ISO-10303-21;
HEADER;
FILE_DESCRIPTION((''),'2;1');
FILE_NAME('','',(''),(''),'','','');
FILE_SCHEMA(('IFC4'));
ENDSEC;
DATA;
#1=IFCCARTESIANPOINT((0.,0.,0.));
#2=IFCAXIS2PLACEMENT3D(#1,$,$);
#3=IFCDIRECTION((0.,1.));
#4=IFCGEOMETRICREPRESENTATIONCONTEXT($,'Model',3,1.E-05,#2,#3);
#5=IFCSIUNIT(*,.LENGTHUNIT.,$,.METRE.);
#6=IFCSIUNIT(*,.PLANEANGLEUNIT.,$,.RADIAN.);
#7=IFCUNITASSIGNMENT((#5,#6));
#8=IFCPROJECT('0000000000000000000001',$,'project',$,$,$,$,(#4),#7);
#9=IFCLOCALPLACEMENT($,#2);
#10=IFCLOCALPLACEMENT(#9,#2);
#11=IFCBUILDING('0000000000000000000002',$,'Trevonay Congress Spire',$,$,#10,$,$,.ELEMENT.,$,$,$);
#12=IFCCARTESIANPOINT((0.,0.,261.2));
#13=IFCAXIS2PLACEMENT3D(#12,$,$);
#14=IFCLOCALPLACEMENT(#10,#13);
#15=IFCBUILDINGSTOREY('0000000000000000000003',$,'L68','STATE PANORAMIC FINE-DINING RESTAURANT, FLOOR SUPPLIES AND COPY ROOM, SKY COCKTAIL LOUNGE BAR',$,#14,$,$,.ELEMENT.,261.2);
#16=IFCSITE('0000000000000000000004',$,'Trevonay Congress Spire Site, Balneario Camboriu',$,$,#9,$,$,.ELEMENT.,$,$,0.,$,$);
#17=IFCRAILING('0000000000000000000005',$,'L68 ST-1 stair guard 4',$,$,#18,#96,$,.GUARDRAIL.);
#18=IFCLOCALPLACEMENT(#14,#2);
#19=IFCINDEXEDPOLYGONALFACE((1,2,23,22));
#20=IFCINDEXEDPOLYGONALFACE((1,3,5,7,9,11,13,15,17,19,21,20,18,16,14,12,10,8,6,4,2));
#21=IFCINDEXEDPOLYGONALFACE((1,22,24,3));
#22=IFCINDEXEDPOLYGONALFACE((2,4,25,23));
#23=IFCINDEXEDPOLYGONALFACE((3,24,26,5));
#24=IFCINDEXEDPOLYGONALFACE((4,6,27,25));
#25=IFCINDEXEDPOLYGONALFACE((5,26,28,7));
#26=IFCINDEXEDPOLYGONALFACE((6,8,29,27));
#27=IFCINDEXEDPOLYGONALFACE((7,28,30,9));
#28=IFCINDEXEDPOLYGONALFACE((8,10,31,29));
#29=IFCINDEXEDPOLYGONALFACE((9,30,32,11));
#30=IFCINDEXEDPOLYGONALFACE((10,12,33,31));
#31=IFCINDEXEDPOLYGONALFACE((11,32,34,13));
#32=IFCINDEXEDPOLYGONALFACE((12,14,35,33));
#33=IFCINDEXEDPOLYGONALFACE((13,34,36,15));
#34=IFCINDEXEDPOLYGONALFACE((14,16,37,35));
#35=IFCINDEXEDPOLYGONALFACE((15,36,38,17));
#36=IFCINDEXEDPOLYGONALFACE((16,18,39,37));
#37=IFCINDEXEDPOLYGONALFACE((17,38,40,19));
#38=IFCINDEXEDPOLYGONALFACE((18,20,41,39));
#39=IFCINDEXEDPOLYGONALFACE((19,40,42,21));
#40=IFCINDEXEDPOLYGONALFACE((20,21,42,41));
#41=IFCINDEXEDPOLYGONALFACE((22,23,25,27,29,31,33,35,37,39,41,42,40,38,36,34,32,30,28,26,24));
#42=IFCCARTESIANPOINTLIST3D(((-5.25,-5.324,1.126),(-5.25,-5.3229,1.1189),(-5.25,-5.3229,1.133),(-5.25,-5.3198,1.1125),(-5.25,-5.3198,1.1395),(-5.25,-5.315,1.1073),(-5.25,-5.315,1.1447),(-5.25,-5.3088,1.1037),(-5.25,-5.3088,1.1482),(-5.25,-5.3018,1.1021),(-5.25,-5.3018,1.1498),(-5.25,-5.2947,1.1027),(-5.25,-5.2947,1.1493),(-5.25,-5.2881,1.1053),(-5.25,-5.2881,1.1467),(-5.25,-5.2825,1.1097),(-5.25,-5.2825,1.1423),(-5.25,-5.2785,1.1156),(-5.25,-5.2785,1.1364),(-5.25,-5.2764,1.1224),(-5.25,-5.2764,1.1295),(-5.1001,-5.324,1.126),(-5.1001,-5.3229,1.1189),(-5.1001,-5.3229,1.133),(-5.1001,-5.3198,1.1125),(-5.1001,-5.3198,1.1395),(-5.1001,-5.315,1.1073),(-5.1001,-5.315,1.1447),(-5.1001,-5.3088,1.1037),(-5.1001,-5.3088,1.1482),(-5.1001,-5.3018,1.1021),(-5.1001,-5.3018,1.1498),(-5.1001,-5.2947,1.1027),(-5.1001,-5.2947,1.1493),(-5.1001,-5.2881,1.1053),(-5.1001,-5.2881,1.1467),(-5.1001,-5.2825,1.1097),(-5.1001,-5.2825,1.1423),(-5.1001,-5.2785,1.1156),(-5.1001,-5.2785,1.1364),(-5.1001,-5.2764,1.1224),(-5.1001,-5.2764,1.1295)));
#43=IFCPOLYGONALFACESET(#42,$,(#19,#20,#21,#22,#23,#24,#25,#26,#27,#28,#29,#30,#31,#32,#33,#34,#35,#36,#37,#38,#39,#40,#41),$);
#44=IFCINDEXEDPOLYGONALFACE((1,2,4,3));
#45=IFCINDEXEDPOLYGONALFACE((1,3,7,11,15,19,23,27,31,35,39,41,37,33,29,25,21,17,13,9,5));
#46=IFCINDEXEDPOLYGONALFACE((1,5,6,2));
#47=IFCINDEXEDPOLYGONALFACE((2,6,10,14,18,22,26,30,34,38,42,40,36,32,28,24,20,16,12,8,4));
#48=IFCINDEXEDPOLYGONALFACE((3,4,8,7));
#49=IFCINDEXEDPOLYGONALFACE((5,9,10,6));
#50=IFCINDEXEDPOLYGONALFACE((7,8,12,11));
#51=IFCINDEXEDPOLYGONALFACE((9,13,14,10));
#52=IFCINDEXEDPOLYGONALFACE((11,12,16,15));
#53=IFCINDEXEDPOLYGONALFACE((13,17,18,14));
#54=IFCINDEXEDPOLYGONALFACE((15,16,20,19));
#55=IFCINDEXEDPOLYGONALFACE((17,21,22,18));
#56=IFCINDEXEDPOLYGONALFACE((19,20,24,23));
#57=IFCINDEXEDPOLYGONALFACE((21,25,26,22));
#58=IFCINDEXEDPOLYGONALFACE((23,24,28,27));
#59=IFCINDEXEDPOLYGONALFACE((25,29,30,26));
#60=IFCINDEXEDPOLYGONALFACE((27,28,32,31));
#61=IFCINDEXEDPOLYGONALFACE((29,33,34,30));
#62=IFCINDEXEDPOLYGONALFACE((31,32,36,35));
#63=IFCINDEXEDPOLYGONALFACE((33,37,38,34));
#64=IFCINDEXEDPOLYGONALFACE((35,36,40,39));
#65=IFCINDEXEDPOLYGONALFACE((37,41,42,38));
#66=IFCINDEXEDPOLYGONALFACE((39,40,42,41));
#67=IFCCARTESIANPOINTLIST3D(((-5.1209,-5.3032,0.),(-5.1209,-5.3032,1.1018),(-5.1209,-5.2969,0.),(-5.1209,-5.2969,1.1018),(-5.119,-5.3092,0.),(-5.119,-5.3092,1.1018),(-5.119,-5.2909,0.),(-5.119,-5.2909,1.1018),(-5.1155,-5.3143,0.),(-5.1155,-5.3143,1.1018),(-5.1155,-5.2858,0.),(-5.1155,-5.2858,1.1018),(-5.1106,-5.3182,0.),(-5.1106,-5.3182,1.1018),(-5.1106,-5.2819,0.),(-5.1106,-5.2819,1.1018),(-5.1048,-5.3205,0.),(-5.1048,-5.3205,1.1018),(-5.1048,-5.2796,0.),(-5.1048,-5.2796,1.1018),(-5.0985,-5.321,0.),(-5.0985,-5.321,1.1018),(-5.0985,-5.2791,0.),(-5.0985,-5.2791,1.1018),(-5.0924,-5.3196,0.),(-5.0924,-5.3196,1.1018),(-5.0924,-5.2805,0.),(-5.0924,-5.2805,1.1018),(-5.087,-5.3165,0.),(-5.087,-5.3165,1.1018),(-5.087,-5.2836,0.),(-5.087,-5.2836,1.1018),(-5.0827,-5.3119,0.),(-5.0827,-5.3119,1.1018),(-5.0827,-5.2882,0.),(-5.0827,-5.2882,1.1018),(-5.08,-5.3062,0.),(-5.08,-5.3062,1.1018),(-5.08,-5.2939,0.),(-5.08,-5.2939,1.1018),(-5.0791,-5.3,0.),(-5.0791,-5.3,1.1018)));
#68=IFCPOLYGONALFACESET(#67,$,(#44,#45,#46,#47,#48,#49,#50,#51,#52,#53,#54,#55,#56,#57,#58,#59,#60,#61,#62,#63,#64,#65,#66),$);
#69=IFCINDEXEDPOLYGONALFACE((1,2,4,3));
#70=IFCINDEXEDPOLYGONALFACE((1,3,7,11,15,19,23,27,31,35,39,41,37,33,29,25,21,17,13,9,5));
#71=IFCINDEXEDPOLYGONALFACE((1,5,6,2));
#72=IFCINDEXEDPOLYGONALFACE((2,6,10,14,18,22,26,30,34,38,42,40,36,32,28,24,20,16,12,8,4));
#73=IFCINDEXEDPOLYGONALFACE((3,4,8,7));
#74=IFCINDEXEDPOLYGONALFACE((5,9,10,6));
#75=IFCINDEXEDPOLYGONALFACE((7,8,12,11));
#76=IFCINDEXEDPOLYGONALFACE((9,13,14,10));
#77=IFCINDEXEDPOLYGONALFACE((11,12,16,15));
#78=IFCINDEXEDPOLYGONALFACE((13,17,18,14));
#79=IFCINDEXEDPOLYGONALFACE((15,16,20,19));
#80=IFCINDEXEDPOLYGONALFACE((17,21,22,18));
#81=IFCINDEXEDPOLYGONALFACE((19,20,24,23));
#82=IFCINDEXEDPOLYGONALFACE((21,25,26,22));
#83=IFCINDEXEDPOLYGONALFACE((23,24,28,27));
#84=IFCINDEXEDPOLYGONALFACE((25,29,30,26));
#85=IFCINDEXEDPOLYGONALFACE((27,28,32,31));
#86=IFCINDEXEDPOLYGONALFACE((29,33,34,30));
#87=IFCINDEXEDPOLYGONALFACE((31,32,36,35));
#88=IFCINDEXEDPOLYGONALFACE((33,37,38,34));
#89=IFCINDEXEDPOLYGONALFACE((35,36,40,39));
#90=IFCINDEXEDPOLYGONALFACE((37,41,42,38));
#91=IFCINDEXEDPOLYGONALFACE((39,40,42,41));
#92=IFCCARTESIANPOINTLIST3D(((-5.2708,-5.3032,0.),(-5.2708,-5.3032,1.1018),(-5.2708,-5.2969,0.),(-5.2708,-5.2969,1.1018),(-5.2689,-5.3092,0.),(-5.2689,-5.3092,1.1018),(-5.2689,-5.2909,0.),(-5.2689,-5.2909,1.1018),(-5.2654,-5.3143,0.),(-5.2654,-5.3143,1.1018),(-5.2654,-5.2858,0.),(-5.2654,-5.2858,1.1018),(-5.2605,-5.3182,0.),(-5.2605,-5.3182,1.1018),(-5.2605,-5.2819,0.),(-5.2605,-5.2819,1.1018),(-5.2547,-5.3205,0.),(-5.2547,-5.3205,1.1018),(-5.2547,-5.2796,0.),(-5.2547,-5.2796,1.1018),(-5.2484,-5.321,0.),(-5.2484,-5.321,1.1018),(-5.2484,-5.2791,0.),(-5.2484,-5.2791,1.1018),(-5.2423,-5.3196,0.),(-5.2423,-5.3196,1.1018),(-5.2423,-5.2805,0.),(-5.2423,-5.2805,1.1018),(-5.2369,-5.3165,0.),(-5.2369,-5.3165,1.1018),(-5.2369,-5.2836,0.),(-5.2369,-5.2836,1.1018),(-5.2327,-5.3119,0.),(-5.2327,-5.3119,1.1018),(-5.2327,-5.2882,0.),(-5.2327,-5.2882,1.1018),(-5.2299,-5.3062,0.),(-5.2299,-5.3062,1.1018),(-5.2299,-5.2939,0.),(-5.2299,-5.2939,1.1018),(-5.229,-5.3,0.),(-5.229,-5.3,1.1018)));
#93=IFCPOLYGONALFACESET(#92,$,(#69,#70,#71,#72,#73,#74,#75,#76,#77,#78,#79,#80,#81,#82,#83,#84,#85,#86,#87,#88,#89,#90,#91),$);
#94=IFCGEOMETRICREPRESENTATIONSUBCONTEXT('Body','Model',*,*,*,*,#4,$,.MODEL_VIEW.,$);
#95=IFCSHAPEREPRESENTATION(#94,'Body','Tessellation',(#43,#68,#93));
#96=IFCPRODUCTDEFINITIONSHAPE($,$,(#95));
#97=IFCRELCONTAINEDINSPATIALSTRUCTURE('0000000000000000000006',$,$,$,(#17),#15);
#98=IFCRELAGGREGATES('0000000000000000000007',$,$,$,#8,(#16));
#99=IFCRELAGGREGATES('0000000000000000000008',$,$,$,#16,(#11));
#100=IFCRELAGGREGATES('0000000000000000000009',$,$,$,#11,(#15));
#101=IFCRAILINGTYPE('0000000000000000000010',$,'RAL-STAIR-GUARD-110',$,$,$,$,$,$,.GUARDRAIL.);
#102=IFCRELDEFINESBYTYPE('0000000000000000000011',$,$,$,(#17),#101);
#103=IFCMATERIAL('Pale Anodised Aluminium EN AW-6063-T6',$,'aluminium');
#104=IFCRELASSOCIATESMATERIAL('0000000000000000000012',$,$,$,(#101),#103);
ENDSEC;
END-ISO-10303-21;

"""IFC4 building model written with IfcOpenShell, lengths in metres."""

from ifc_helpers import new_model, si_unit, direction, frame, origin, origin_2d, place, context, subcontext, project, spatial, circle, extrude, material, type_object, element, save


model = new_model("IFC4")

# Units and contexts
model_context = context("Model", 3, precision=1e-05, world=origin(), true_north=direction((0.0, 1.0)))
body_context = subcontext(model_context, "Body", "Model", "MODEL_VIEW")
ifc_project = project(units=[si_unit("LENGTHUNIT", "METRE"), si_unit("PLANEANGLEUNIT", "RADIAN")], contexts=[model_context])

# Site, building, storey
site_placement = place(None, origin())
site = spatial("IfcSite", under=ifc_project, at=site_placement, Name="Trevonay Congress Spire Site, Balneario Camboriu", CompositionType="ELEMENT", RefElevation=0.0)
building_placement = place(site_placement, origin())
building = spatial("IfcBuilding", under=site, at=building_placement, Name="Trevonay Congress Spire", CompositionType="ELEMENT")
storey_placement = place(building_placement, frame((0.0, 0.0, 261.2)))
storey = spatial("IfcBuildingStorey", under=building, at=storey_placement, Name="L68", Description="STATE PANORAMIC FINE-DINING RESTAURANT, FLOOR SUPPLIES AND COPY ROOM, SKY COCKTAIL LOUNGE BAR", CompositionType="ELEMENT", Elevation=261.2)

# Railing
ifc_material_1 = material(Name="Pale Anodised Aluminium EN AW-6063-T6", Category="aluminium")
railing_type_1 = type_object("IfcRailingType", Name="RAL-STAIR-GUARD-110", PredefinedType="GUARDRAIL", material=ifc_material_1)
railing_1_placement = place(storey_placement, frame((-5.1001, -5.3, 0.0)))
element("IfcRailing", 1, at=railing_1_placement, inside=storey, type_object=railing_type_1, Name="L68 ST-1 stair guard 4", PredefinedType="GUARDRAIL", context=body_context, shape_type="SweptSolid", body=[
    extrude(circle(Radius=0.0239, at=origin_2d()), frame((0.0, 0.0, 1.126), z_axis=(-1.0, 0.0, 0.0), x_axis=(0.0, -1.0, 0.0)), (0.0, 0.0, 1.0), 0.1499),
    extrude(circle(Radius=0.021, at=origin_2d()), origin(), (0.0, 0.0, 1.0), 1.1018),
    extrude(circle(Radius=0.021, at=origin_2d()), frame((-0.1499, 0.0, 0.0)), (0.0, 0.0, 1.0), 1.1018),
])

save(model, "model.ifc")
